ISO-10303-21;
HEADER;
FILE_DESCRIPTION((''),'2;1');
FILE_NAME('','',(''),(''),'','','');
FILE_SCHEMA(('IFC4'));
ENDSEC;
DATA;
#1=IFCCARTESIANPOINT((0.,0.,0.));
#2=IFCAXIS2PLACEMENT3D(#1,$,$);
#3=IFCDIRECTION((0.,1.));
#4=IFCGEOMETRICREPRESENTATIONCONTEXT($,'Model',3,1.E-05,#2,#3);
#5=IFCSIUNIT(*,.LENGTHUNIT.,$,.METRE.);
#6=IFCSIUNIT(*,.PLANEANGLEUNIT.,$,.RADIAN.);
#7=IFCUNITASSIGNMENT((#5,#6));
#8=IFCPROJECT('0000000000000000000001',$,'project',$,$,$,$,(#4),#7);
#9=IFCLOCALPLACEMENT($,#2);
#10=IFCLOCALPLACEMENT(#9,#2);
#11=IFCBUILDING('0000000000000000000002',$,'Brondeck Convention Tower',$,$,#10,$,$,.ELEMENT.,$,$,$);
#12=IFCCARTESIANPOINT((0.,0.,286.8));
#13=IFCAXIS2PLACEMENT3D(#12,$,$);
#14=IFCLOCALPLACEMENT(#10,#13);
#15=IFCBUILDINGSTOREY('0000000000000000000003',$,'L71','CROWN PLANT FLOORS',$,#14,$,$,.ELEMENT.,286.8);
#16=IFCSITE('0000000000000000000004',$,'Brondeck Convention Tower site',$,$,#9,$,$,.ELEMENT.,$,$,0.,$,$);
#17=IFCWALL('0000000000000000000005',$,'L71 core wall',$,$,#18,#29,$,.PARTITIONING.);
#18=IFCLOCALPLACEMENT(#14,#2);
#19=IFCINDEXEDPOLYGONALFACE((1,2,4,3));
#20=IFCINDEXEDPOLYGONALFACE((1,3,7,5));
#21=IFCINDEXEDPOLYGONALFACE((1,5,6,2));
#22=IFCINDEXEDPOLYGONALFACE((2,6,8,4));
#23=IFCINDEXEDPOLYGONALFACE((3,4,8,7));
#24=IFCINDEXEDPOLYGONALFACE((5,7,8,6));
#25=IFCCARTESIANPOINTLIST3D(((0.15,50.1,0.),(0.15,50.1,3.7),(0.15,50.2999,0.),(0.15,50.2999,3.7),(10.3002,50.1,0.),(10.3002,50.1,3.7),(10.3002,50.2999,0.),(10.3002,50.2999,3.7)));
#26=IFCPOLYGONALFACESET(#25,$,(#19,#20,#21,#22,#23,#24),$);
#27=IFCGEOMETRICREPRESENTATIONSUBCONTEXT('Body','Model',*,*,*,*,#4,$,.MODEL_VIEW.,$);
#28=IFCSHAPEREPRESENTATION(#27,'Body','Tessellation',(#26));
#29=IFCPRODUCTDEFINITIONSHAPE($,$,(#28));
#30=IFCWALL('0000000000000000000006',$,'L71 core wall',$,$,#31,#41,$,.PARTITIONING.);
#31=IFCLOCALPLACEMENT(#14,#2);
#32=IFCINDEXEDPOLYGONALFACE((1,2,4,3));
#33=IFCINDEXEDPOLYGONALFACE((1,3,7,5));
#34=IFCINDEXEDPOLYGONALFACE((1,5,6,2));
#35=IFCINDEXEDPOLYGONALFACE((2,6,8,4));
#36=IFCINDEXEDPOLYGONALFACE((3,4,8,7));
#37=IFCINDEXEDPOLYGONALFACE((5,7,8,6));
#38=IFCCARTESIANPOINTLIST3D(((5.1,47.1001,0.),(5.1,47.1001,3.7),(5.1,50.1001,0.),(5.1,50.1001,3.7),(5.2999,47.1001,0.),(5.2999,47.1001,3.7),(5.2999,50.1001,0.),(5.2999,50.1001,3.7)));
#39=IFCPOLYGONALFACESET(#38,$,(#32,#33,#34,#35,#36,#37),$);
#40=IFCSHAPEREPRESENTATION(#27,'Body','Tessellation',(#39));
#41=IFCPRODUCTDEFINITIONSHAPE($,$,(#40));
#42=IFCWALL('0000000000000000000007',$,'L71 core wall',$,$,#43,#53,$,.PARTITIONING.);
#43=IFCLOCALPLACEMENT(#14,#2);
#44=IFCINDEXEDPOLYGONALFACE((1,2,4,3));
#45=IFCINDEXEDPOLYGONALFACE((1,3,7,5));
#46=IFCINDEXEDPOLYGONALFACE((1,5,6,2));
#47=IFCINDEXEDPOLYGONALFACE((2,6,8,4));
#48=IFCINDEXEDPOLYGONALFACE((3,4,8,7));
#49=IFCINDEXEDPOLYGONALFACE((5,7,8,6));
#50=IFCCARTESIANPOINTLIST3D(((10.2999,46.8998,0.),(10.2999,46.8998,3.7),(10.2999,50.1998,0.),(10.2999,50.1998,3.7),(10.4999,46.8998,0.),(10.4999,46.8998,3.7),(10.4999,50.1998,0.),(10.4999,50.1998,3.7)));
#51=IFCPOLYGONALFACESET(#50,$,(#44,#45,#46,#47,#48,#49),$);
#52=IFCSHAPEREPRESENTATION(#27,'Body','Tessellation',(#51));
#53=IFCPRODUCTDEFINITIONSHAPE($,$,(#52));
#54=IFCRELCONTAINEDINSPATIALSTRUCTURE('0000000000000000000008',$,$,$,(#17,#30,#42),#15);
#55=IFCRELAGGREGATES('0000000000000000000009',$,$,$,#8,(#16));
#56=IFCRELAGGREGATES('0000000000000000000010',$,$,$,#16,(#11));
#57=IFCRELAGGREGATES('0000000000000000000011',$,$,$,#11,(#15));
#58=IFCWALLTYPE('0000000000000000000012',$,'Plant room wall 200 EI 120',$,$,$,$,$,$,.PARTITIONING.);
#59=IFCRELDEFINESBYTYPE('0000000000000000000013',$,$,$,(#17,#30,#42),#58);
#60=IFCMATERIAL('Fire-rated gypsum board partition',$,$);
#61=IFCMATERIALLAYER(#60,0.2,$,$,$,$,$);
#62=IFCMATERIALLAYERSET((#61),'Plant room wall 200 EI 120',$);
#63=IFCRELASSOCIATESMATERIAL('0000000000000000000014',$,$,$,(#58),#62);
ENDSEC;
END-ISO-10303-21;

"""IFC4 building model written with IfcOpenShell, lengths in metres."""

from ifc_helpers import new_model, si_unit, direction, frame, frame_2d, origin, place, context, subcontext, project, spatial, rectangle, extrude, material, layer, layer_set, type_object, element, save


model = new_model("IFC4")

# Units and contexts
model_context = context("Model", 3, precision=1e-05, world=origin(), true_north=direction((0.0, 1.0)))
body_context = subcontext(model_context, "Body", "Model", "MODEL_VIEW")
ifc_project = project(units=[si_unit("LENGTHUNIT", "METRE"), si_unit("PLANEANGLEUNIT", "RADIAN")], contexts=[model_context])

# Site, building, storey
site_placement = place(None, origin())
site = spatial("IfcSite", under=ifc_project, at=site_placement, Name="Brondeck Convention Tower site", CompositionType="ELEMENT", RefElevation=0.0)
building_placement = place(site_placement, origin())
building = spatial("IfcBuilding", under=site, at=building_placement, Name="Brondeck Convention Tower", CompositionType="ELEMENT")
storey_placement = place(building_placement, frame((0.0, 0.0, 286.8)))
storey = spatial("IfcBuildingStorey", under=building, at=storey_placement, Name="L71", Description="CROWN PLANT FLOORS", CompositionType="ELEMENT", Elevation=286.8)

# Shared definitions
ifc_material_1 = material(Name="Fire-rated gypsum board partition")

# Shared definitions
ifc_layer_1 = layer(ifc_material_1, 0.2)
ifc_layer_set_1 = layer_set([ifc_layer_1], Name="Plant room wall 200 EI 120")
wall_type_1 = type_object("IfcWallType", Name="Plant room wall 200 EI 120", PredefinedType="PARTITIONING", material=ifc_layer_set_1)

# Walls
wall_1_placement = place(storey_placement, frame((0.1499, 50.2, 0.0), z_axis=(0.0, 0.0, 1.0), x_axis=(1.0, 0.0, 0.0)))
element("IfcWall", 1, at=wall_1_placement, inside=storey, type_object=wall_type_1, Name="L71 core wall", PredefinedType="PARTITIONING", context=body_context, shape_type="SweptSolid", body=[
    extrude(rectangle(XDim=10.1501, YDim=0.2, at=frame_2d((5.0752, 0.0))), origin(), (0.0, 0.0, 1.0), 3.7),
])
wall_2_placement = place(storey_placement, frame((5.2, 47.1001, 0.0), z_axis=(0.0, 0.0, 1.0), x_axis=(0.0, 1.0, 0.0)))
element("IfcWall", 2, at=wall_2_placement, inside=storey, type_object=wall_type_1, Name="L71 core wall", PredefinedType="PARTITIONING", context=body_context, shape_type="SweptSolid", body=[
    extrude(rectangle(XDim=3.0, YDim=0.2, at=frame_2d((1.5, 0.0))), origin(), (0.0, 0.0, 1.0), 3.7),
])
wall_3_placement = place(storey_placement, frame((10.3999, 46.8999, 0.0), z_axis=(0.0, 0.0, 1.0), x_axis=(0.0, 1.0, 0.0)))
element("IfcWall", 3, at=wall_3_placement, inside=storey, type_object=wall_type_1, Name="L71 core wall", PredefinedType="PARTITIONING", context=body_context, shape_type="SweptSolid", body=[
    extrude(rectangle(XDim=3.3, YDim=0.2, at=frame_2d((1.6499, 0.0))), origin(), (0.0, 0.0, 1.0), 3.7),
])

save(model, "model.ifc")
